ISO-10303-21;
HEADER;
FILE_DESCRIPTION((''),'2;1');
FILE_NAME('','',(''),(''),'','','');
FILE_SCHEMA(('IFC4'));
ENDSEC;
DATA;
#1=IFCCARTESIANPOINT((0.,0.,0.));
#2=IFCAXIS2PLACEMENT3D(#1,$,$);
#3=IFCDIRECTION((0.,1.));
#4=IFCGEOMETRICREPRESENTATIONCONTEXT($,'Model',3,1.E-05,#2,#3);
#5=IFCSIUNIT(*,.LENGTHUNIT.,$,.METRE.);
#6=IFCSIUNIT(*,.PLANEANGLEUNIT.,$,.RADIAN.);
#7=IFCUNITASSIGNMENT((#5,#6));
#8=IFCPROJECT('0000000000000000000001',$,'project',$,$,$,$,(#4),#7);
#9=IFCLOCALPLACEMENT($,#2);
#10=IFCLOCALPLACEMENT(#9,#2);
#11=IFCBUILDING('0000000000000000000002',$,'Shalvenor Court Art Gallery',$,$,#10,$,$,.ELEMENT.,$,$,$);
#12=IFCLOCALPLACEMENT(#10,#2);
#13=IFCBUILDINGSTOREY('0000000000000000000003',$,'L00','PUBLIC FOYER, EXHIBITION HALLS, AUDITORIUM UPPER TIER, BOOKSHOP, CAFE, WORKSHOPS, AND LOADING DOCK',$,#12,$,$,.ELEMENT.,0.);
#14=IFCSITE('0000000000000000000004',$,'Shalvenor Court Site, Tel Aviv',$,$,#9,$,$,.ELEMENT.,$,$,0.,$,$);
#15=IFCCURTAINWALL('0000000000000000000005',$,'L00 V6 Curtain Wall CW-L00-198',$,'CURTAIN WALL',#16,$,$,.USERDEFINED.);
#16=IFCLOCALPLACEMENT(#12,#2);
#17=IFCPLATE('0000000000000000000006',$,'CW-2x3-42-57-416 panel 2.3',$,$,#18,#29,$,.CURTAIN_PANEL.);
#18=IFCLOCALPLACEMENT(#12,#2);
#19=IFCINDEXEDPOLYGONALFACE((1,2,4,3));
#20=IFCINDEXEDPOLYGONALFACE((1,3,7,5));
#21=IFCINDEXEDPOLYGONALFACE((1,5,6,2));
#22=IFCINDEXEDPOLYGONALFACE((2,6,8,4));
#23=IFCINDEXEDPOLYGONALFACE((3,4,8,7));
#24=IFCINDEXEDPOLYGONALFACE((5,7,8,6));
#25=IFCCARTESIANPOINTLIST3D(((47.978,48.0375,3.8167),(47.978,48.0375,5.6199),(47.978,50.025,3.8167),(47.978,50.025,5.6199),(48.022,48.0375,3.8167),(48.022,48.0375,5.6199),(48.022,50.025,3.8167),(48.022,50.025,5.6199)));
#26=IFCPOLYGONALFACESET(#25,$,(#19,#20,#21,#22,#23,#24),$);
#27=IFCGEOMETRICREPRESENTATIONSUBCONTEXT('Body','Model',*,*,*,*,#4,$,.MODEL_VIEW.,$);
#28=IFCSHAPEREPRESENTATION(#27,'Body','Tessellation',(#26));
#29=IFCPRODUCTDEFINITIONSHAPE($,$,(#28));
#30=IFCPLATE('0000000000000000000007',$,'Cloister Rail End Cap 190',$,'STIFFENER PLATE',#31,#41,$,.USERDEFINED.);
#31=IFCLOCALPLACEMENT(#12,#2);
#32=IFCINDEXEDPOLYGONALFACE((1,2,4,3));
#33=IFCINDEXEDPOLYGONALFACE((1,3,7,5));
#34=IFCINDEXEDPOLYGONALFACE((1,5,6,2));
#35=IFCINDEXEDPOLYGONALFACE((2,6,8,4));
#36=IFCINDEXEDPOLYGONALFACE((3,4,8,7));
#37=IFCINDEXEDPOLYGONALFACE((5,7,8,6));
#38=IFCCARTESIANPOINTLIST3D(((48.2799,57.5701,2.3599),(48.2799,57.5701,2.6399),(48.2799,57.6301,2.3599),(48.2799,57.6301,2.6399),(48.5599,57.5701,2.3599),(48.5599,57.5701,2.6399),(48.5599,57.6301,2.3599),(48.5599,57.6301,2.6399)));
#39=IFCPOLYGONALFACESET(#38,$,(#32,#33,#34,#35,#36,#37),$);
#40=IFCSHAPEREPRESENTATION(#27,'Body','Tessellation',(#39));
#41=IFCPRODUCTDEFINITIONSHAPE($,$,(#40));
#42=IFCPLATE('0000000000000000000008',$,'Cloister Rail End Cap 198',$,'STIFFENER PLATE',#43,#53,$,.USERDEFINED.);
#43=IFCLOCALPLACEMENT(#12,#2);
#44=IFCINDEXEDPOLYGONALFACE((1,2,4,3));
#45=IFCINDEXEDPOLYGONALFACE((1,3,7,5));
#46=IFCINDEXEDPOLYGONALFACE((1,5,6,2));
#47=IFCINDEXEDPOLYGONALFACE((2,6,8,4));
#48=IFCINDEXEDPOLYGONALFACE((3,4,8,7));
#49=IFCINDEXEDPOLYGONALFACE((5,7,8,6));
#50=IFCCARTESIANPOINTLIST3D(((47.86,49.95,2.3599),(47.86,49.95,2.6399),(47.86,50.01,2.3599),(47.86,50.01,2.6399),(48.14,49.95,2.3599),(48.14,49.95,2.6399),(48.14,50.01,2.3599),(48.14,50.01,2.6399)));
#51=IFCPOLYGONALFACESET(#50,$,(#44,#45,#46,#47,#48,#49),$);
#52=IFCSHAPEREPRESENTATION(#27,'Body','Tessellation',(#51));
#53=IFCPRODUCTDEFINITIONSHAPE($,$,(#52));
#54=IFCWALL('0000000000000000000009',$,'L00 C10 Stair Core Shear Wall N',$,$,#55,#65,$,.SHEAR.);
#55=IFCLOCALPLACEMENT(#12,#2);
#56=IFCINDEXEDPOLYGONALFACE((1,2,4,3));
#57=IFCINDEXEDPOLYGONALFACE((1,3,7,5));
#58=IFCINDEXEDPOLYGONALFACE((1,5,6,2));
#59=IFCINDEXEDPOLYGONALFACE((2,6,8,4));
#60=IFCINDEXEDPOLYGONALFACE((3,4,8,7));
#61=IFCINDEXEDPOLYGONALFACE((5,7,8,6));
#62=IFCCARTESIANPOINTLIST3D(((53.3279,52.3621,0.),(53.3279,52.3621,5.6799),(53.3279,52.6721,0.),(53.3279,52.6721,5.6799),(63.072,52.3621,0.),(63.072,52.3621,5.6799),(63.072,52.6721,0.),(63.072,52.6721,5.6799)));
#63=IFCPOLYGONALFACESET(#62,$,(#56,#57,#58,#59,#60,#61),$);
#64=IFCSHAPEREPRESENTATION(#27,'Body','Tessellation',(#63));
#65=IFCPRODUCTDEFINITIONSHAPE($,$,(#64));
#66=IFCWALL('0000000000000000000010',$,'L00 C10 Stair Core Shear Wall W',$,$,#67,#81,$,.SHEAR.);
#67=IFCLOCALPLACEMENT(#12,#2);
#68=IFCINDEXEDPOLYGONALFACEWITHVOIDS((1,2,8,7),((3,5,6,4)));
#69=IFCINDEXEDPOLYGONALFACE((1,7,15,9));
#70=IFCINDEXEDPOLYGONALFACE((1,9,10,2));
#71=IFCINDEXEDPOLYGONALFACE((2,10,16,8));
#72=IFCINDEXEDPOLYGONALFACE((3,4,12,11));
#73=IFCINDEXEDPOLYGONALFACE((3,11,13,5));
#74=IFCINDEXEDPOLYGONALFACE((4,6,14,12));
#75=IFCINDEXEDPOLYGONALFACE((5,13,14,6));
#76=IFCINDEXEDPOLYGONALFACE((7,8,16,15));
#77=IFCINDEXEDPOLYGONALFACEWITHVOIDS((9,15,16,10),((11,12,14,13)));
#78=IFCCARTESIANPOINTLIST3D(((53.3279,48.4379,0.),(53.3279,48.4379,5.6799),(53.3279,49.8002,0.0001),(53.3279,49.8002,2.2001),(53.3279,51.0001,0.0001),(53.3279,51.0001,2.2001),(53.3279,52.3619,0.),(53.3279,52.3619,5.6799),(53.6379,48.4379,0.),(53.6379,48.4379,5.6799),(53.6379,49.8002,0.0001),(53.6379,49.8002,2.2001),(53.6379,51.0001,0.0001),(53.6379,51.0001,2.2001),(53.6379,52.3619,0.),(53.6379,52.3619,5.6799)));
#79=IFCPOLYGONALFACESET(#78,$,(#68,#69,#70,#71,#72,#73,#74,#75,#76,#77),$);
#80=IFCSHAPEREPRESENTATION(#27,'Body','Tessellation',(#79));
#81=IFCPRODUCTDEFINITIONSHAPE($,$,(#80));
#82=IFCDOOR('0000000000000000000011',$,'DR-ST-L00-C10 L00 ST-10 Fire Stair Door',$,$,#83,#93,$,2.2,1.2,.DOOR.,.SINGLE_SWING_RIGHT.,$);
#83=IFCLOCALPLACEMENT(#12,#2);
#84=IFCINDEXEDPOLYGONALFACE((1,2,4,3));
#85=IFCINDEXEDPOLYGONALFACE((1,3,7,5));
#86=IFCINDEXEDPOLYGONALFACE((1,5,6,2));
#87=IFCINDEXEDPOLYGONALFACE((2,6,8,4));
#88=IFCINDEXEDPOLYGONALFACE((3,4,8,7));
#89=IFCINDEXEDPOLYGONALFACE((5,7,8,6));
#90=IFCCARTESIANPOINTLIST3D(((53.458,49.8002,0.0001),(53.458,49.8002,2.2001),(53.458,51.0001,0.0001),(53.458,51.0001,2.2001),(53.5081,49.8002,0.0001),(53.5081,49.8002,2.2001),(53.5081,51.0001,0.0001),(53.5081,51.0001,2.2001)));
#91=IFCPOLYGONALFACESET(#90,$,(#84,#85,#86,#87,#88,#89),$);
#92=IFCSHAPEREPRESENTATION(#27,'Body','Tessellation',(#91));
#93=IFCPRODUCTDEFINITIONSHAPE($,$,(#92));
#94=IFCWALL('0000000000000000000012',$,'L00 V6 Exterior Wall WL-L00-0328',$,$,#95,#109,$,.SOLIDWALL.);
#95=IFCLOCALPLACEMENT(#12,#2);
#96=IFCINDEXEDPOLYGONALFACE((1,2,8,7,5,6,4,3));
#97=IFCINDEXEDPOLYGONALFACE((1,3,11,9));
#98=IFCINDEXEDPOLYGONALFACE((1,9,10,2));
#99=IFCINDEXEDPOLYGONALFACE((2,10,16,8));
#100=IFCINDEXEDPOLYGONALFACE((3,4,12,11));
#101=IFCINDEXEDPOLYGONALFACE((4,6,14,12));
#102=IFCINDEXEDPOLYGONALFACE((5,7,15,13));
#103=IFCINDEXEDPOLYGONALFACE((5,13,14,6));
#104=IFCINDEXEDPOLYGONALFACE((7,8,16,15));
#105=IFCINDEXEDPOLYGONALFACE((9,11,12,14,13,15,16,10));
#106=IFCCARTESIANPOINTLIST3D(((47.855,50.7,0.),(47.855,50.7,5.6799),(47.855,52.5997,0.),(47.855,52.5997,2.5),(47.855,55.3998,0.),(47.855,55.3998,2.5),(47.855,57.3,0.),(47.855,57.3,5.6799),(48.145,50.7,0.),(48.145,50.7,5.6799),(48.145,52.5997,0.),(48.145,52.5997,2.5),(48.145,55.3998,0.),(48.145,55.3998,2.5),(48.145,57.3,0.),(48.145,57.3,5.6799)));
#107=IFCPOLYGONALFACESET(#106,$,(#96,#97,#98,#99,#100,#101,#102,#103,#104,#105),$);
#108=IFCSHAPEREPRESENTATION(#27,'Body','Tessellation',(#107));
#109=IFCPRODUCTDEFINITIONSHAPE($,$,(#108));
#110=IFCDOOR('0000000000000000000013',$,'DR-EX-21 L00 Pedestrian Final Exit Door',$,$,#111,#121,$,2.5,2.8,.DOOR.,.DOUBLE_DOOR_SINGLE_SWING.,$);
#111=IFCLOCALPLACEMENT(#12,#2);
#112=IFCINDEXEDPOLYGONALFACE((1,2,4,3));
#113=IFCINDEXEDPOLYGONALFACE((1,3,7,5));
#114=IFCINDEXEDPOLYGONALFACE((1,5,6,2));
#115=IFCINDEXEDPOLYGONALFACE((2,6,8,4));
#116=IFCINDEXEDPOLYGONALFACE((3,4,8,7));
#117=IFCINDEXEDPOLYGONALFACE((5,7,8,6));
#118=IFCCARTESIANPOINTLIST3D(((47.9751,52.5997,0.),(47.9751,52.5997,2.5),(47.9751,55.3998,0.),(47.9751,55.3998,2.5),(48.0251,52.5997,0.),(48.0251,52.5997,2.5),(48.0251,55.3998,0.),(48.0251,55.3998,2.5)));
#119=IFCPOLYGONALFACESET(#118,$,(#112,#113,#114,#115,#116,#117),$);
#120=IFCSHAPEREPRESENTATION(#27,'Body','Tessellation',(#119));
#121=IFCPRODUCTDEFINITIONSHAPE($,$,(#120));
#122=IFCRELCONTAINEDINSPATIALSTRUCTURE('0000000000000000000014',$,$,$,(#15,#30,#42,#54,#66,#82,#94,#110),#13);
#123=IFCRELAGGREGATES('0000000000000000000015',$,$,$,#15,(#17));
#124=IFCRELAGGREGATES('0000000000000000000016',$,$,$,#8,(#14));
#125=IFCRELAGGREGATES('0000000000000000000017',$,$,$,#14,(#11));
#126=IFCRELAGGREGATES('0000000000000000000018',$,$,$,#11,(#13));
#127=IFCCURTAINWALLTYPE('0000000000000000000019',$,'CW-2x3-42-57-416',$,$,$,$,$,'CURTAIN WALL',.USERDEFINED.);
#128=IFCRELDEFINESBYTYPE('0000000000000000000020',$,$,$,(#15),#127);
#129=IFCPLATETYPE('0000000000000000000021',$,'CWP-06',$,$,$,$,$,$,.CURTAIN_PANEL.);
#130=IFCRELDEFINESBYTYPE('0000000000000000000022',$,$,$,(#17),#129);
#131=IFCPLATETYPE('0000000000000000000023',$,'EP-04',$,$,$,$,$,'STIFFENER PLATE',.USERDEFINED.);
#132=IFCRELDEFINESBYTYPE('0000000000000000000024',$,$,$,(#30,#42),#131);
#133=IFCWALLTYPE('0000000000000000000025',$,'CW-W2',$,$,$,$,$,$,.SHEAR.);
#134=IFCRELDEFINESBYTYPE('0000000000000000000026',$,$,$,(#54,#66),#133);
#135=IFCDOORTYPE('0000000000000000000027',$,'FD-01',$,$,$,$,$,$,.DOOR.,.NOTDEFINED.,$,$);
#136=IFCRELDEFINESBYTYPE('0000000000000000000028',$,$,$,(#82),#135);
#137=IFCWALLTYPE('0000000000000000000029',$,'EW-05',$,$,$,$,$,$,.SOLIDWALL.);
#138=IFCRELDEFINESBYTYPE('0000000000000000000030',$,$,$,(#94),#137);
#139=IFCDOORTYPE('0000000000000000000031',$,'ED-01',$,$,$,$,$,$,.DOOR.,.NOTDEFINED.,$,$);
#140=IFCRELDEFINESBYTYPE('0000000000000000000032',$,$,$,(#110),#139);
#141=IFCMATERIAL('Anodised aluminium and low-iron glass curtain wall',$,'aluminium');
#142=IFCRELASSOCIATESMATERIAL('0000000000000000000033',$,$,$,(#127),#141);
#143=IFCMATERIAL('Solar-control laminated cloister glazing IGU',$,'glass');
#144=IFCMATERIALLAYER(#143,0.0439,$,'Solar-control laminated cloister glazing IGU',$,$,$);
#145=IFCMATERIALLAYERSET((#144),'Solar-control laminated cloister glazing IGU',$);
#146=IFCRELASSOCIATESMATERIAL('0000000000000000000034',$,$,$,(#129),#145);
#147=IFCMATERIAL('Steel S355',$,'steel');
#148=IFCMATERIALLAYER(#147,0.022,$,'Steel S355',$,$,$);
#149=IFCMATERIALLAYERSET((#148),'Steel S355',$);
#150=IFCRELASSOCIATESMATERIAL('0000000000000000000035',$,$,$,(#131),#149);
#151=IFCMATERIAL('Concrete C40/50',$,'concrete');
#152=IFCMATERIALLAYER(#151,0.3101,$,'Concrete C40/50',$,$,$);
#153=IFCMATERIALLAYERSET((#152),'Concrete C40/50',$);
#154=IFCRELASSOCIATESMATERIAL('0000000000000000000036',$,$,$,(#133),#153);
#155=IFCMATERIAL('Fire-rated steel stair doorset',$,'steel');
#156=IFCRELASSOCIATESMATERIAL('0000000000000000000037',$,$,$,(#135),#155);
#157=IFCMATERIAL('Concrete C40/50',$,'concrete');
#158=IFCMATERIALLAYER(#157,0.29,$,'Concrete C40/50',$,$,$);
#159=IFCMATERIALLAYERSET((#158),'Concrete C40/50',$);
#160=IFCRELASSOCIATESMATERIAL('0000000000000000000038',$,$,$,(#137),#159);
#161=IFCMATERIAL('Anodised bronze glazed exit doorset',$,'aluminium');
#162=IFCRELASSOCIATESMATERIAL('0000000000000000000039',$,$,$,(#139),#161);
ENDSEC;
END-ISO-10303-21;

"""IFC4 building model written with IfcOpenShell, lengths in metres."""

from ifc_helpers import new_model, si_unit, direction, frame, frame_2d, origin, origin_2d, place, context, subcontext, project, spatial, rectangle, extrude, material, layer, layer_set, type_object, element, fill, aggregate, save


model = new_model("IFC4")

# Units and contexts
model_context = context("Model", 3, precision=1e-05, world=origin(), true_north=direction((0.0, 1.0)))
body_context = subcontext(model_context, "Body", "Model", "MODEL_VIEW")
ifc_project = project(units=[si_unit("LENGTHUNIT", "METRE"), si_unit("PLANEANGLEUNIT", "RADIAN")], contexts=[model_context])

# Site, building, storey
site_placement = place(None, origin())
site = spatial("IfcSite", under=ifc_project, at=site_placement, Name="Shalvenor Court Site, Tel Aviv", CompositionType="ELEMENT", RefElevation=0.0)
building_placement = place(site_placement, origin())
building = spatial("IfcBuilding", under=site, at=building_placement, Name="Shalvenor Court Art Gallery", CompositionType="ELEMENT")
storey_placement = place(building_placement, origin())
storey = spatial("IfcBuildingStorey", under=building, at=storey_placement, Name="L00", Description="PUBLIC FOYER, EXHIBITION HALLS, AUDITORIUM UPPER TIER, BOOKSHOP, CAFE, WORKSHOPS, AND LOADING DOCK", CompositionType="ELEMENT", Elevation=0.0)

# Curtain wall
ifc_material_1 = material(Name="Anodised aluminium and low-iron glass curtain wall", Category="aluminium")
curtain_wall_type_1 = type_object("IfcCurtainWallType", Name="CW-2x3-42-57-416", ElementType="CURTAIN WALL", PredefinedType="USERDEFINED", material=ifc_material_1)
curtain_wall_1_placement = place(storey_placement, origin())
curtain_wall_1 = element("IfcCurtainWall", 1, at=curtain_wall_1_placement, inside=storey, type_object=curtain_wall_type_1, Name="L00 V6 Curtain Wall CW-L00-198", ObjectType="CURTAIN WALL", PredefinedType="USERDEFINED")

# Plate
ifc_material_2 = material(Name="Solar-control laminated cloister glazing IGU", Category="glass")
ifc_layer_1 = layer(ifc_material_2, 0.0439, Name="Solar-control laminated cloister glazing IGU")
ifc_layer_set_1 = layer_set([ifc_layer_1], Name="Solar-control laminated cloister glazing IGU")
plate_type_1 = type_object("IfcPlateType", Name="CWP-06", PredefinedType="CURTAIN_PANEL", material=ifc_layer_set_1)
plate_1_placement = place(storey_placement, frame((48.0, 49.0312, 3.8167), z_axis=(0.0, 0.0, 1.0), x_axis=(0.0, 1.0, 0.0)))
plate_1 = element("IfcPlate", 2, at=plate_1_placement, type_object=plate_type_1, Name="CW-2x3-42-57-416 panel 2.3", PredefinedType="CURTAIN_PANEL", context=body_context, shape_type="SweptSolid", body=[
    extrude(rectangle(XDim=1.9875, YDim=0.0439, at=origin_2d()), origin(), (0.0, 0.0, 1.0), 1.8032),
])
aggregate(curtain_wall_1, [plate_1])

# Plates
ifc_material_3 = material(Name="Steel S355", Category="steel")
ifc_layer_2 = layer(ifc_material_3, 0.022, Name="Steel S355")
ifc_layer_set_2 = layer_set([ifc_layer_2], Name="Steel S355")
plate_type_2 = type_object("IfcPlateType", Name="EP-04", ElementType="STIFFENER PLATE", PredefinedType="USERDEFINED", material=ifc_layer_set_2)
for number, where, z_axis, x_axis, name in (
    (3, (48.4199, 57.6001, 2.3599), (0.0, 0.0, 1.0), (1.0, 0.0, 0.0), "Cloister Rail End Cap 190"),
    (4, (48.0, 49.98, 2.3599), (0.0, 0.0, 1.0), (1.0, 0.0, 0.0), "Cloister Rail End Cap 198"),
):
    element("IfcPlate", number, at=place(storey_placement, frame(where, z_axis=z_axis, x_axis=x_axis)), inside=storey, type_object=plate_type_2, Name=name, ObjectType="STIFFENER PLATE", PredefinedType="USERDEFINED", context=body_context, shape_type="SweptSolid", body=[
        extrude(rectangle(XDim=0.28, YDim=0.0601, at=origin_2d()), origin(), (0.0, 0.0, 1.0), 0.28),
    ])

# Wall
ifc_material_4 = material(Name="Concrete C40/50", Category="concrete")
ifc_layer_3 = layer(ifc_material_4, 0.3101, Name="Concrete C40/50")
ifc_layer_set_3 = layer_set([ifc_layer_3], Name="Concrete C40/50")
wall_type_1 = type_object("IfcWallType", Name="CW-W2", PredefinedType="SHEAR", material=ifc_layer_set_3)
wall_1_placement = place(storey_placement, frame((53.3279, 52.5171, 0.0), z_axis=(0.0, 0.0, 1.0), x_axis=(1.0, 0.0, 0.0)))
element("IfcWall", 5, at=wall_1_placement, inside=storey, type_object=wall_type_1, Name="L00 C10 Stair Core Shear Wall N", PredefinedType="SHEAR", context=body_context, shape_type="SweptSolid", body=[
    extrude(rectangle(XDim=9.7441, YDim=0.3101, at=frame_2d((4.8721, 0.0))), origin(), (0.0, 0.0, 1.0), 5.6799),
])

# Walls, openings, doors
wall_2_placement = place(storey_placement, frame((53.4829, 48.438, 0.0), z_axis=(0.0, 0.0, 1.0), x_axis=(0.0, 1.0, 0.0)))
wall_2 = element("IfcWall", 6, at=wall_2_placement, inside=storey, type_object=wall_type_1, Name="L00 C10 Stair Core Shear Wall W", PredefinedType="SHEAR", context=body_context, shape_type="SweptSolid", body=[
    extrude(rectangle(XDim=3.9241, YDim=0.3101, at=frame_2d((1.9619, 0.0))), origin(), (0.0, 0.0, 1.0), 5.6799),
])
opening_1_placement = place(wall_2_placement, frame((1.3621, 0.0, 0.0)))
opening_1 = element("IfcOpeningElement", 7, at=opening_1_placement, cuts=wall_2, PredefinedType="OPENING", context=body_context, shape_type="SweptSolid", body=[
    extrude(rectangle(XDim=1.2, YDim=2.2, at=frame_2d((0.6001, 1.1001))), frame((0.0, 0.165, 0.0), z_axis=(0.0, -1.0, 0.0), x_axis=(1.0, 0.0, 0.0)), (0.0, 0.0, 1.0), 0.3301),
])
ifc_material_5 = material(Name="Fire-rated steel stair doorset", Category="steel")
door_type_1 = type_object("IfcDoorType", Name="FD-01", OperationType="NOTDEFINED", PredefinedType="DOOR", material=ifc_material_5)
door_1_placement = place(opening_1_placement, origin())
door_1 = element("IfcDoor", 8, at=door_1_placement, inside=storey, type_object=door_type_1, Name="DR-ST-L00-C10 L00 ST-10 Fire Stair Door", OperationType="SINGLE_SWING_RIGHT", OverallHeight=2.2, OverallWidth=1.2, PredefinedType="DOOR", context=body_context, shape_type="SweptSolid", body=[
    extrude(rectangle(XDim=1.2, YDim=2.2, at=frame_2d((0.6001, 1.1001))), frame((0.0, 0.0249, 0.0), z_axis=(0.0, -1.0, 0.0), x_axis=(1.0, 0.0, 0.0)), (0.0, 0.0, 1.0), 0.05),
])
fill(opening_1, door_1)
ifc_material_6 = material(Name="Concrete C40/50", Category="concrete")
ifc_layer_4 = layer(ifc_material_6, 0.29, Name="Concrete C40/50")
ifc_layer_set_4 = layer_set([ifc_layer_4], Name="Concrete C40/50")
wall_type_2 = type_object("IfcWallType", Name="EW-05", PredefinedType="SOLIDWALL", material=ifc_layer_set_4)
wall_3_placement = place(storey_placement, frame((48.0, 50.7, 0.0), z_axis=(0.0, 0.0, 1.0), x_axis=(0.0, 1.0, 0.0)))
wall_3 = element("IfcWall", 9, at=wall_3_placement, inside=storey, type_object=wall_type_2, Name="L00 V6 Exterior Wall WL-L00-0328", PredefinedType="SOLIDWALL", context=body_context, shape_type="SweptSolid", body=[
    extrude(rectangle(XDim=6.6001, YDim=0.29, at=frame_2d((3.3, 0.0))), origin(), (0.0, 0.0, 1.0), 5.6799),
])
opening_2_placement = place(wall_3_placement, frame((1.8999, 0.0, 0.0)))
opening_2 = element("IfcOpeningElement", 10, at=opening_2_placement, cuts=wall_3, PredefinedType="OPENING", context=body_context, shape_type="SweptSolid", body=[
    extrude(rectangle(XDim=2.8, YDim=2.5, at=frame_2d((1.3999, 1.25))), frame((0.0, 0.155, 0.0), z_axis=(0.0, -1.0, 0.0), x_axis=(1.0, 0.0, 0.0)), (0.0, 0.0, 1.0), 0.3101),
])
ifc_material_7 = material(Name="Anodised bronze glazed exit doorset", Category="aluminium")
door_type_2 = type_object("IfcDoorType", Name="ED-01", OperationType="NOTDEFINED", PredefinedType="DOOR", material=ifc_material_7)
door_2_placement = place(opening_2_placement, origin())
door_2 = element("IfcDoor", 11, at=door_2_placement, inside=storey, type_object=door_type_2, Name="DR-EX-21 L00 Pedestrian Final Exit Door", OperationType="DOUBLE_DOOR_SINGLE_SWING", OverallHeight=2.5, OverallWidth=2.8, PredefinedType="DOOR", context=body_context, shape_type="SweptSolid", body=[
    extrude(rectangle(XDim=2.8, YDim=2.5, at=frame_2d((1.3999, 1.25))), frame((0.0, 0.0249, 0.0), z_axis=(0.0, -1.0, 0.0), x_axis=(1.0, 0.0, 0.0)), (0.0, 0.0, 1.0), 0.05),
])
fill(opening_2, door_2)

save(model, "model.ifc")
